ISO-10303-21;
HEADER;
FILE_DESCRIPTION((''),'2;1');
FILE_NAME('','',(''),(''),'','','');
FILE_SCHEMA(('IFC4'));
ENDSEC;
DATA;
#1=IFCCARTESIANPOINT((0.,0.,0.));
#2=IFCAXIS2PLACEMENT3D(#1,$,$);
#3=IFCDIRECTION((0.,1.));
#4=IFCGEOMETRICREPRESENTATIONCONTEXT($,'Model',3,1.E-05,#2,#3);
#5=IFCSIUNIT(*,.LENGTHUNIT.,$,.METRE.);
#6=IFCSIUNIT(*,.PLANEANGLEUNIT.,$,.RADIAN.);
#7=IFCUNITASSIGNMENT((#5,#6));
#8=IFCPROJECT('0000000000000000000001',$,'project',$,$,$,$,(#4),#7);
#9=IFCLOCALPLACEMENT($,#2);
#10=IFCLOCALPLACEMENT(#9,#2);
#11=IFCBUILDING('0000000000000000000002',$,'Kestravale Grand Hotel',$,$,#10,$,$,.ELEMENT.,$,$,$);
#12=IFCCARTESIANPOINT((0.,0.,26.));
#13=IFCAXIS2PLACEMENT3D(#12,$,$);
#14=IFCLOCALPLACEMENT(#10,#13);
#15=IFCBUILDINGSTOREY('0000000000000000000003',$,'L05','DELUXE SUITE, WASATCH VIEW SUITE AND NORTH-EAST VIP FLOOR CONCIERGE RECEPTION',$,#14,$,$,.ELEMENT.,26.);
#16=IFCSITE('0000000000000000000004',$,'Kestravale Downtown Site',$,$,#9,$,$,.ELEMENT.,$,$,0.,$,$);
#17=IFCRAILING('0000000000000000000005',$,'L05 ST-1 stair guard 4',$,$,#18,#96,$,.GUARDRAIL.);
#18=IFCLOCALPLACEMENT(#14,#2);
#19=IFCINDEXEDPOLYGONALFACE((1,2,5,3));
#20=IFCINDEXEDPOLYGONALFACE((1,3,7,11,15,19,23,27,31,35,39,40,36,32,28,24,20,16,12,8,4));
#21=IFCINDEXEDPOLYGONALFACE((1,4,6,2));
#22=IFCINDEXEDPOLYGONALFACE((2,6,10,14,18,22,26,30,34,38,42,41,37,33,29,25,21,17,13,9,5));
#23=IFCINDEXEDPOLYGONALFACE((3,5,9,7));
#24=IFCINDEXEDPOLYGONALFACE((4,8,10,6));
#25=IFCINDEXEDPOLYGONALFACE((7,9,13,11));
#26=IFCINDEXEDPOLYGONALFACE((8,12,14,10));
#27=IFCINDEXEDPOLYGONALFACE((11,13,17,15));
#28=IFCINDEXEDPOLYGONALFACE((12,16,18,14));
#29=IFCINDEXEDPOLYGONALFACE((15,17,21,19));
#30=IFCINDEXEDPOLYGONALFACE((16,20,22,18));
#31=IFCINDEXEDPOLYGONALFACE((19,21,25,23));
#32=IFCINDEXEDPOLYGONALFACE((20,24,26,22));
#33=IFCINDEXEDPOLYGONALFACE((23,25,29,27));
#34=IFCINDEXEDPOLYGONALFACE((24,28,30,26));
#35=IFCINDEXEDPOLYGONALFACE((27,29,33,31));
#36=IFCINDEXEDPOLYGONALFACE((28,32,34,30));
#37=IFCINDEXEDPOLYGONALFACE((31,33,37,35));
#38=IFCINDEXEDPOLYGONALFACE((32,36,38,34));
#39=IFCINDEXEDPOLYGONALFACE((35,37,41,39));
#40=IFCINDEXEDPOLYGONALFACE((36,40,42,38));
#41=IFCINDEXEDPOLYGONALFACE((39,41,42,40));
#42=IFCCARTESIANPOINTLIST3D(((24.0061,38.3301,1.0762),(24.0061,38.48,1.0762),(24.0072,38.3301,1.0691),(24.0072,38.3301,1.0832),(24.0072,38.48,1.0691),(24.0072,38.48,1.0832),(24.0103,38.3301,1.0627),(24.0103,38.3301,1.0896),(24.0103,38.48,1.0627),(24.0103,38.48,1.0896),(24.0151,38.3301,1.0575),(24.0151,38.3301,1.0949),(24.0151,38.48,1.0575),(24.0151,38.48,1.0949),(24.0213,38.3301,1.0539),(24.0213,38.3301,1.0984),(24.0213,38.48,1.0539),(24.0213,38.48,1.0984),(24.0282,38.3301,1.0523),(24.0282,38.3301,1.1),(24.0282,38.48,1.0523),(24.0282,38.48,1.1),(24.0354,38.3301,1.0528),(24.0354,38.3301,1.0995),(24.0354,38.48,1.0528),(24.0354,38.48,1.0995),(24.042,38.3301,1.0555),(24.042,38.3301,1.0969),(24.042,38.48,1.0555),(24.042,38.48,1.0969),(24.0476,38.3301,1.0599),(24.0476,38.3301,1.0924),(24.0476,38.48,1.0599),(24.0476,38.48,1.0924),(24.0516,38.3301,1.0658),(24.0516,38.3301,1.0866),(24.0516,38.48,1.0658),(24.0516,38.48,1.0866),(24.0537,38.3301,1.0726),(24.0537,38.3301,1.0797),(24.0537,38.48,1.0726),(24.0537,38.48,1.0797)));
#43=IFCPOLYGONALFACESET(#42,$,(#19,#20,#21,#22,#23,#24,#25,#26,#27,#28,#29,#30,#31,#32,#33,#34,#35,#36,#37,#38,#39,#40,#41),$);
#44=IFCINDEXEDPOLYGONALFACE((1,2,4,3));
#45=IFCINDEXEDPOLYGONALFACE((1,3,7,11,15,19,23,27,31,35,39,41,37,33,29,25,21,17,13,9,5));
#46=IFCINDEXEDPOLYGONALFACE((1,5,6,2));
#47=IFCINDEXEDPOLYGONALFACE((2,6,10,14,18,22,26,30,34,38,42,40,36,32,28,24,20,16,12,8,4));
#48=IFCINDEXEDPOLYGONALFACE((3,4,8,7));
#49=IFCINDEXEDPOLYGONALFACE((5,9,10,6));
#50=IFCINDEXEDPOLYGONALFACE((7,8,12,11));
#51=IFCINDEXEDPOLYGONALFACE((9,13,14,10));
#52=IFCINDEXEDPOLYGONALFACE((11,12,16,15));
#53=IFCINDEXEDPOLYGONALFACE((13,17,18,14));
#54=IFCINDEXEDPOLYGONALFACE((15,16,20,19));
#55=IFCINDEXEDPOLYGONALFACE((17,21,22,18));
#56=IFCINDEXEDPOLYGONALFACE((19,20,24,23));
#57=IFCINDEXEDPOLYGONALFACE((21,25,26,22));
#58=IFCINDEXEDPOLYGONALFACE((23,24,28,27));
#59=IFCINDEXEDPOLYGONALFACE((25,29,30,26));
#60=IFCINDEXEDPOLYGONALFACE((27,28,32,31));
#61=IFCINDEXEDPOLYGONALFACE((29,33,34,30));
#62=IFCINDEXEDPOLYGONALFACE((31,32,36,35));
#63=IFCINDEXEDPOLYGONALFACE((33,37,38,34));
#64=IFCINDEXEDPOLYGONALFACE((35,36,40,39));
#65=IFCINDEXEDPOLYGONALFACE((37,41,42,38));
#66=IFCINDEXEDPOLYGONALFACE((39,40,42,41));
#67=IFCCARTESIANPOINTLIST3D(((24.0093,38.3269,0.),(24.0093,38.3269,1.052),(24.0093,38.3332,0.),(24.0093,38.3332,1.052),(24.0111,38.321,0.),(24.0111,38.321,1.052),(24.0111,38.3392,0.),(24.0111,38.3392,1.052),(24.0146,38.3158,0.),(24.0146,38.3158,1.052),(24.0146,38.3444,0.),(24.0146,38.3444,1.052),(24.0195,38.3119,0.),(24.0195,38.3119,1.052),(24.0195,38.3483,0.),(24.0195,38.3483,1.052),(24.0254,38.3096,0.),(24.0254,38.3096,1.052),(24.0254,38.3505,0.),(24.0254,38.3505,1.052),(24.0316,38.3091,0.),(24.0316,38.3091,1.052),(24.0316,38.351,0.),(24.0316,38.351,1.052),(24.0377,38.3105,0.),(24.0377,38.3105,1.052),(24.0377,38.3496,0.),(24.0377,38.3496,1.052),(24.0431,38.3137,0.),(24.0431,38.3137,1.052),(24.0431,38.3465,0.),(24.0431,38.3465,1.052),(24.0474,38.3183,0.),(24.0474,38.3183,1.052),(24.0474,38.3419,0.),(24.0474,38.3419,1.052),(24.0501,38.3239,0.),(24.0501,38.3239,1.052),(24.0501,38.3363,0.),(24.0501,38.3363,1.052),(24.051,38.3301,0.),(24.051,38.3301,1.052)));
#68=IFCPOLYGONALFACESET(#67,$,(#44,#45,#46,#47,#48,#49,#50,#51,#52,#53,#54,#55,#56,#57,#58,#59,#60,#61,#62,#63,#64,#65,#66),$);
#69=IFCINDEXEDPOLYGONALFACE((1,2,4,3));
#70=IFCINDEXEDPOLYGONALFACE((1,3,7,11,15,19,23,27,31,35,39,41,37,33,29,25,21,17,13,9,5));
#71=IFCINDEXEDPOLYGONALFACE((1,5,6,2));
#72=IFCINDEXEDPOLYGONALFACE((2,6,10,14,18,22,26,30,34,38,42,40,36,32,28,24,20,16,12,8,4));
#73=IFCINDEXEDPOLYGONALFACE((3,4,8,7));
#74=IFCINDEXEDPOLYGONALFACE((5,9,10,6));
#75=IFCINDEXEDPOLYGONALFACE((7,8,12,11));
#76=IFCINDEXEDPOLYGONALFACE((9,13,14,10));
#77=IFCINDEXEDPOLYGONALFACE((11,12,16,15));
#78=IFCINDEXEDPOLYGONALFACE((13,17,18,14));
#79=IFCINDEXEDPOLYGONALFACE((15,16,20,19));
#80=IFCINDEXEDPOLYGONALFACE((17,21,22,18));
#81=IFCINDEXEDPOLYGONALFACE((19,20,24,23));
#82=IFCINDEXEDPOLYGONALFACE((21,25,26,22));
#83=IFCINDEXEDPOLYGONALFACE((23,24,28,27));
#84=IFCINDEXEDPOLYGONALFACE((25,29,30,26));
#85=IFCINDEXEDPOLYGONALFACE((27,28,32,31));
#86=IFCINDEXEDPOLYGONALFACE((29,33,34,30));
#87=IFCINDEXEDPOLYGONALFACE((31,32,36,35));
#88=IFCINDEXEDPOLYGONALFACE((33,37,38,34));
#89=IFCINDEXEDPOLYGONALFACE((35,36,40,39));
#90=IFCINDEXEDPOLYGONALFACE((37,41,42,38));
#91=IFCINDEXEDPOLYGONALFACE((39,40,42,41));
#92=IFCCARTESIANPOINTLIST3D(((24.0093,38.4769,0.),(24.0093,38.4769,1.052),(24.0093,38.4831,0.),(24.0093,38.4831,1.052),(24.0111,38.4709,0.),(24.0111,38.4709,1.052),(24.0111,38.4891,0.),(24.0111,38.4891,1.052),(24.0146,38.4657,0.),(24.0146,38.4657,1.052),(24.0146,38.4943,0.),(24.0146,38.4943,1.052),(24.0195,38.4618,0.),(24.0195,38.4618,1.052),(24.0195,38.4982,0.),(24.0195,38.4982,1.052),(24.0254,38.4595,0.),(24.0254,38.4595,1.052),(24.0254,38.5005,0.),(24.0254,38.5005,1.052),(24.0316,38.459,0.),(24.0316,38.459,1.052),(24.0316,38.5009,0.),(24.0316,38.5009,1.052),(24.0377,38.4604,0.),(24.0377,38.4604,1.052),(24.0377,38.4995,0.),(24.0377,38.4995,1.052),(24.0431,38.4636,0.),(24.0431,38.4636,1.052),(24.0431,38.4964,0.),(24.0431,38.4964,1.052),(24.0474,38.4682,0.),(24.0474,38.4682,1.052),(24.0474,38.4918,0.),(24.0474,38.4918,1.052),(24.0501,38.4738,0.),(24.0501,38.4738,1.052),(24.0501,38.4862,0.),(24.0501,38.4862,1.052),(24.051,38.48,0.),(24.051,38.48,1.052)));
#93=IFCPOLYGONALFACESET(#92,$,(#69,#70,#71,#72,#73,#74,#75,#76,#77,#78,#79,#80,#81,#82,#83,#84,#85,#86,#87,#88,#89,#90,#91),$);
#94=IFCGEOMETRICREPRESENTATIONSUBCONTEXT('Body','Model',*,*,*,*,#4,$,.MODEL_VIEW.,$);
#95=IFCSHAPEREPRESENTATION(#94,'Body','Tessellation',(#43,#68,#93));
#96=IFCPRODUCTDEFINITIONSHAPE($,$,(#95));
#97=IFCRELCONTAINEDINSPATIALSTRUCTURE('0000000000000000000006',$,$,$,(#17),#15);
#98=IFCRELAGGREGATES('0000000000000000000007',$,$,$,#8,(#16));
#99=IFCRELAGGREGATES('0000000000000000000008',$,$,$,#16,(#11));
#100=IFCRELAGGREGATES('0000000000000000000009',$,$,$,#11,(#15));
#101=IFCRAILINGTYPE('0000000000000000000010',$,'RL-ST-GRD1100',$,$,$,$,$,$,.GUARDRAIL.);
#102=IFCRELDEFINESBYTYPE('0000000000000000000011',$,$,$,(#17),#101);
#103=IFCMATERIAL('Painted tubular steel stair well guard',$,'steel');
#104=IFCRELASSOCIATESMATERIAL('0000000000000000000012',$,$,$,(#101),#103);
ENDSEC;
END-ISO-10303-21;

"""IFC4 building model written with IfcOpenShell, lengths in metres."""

from ifc_helpers import new_model, si_unit, direction, frame, origin, origin_2d, place, context, subcontext, project, spatial, circle, extrude, material, type_object, element, save


model = new_model("IFC4")

# Units and contexts
model_context = context("Model", 3, precision=1e-05, world=origin(), true_north=direction((0.0, 1.0)))
body_context = subcontext(model_context, "Body", "Model", "MODEL_VIEW")
ifc_project = project(units=[si_unit("LENGTHUNIT", "METRE"), si_unit("PLANEANGLEUNIT", "RADIAN")], contexts=[model_context])

# Site, building, storey
site_placement = place(None, origin())
site = spatial("IfcSite", under=ifc_project, at=site_placement, Name="Kestravale Downtown Site", CompositionType="ELEMENT", RefElevation=0.0)
building_placement = place(site_placement, origin())
building = spatial("IfcBuilding", under=site, at=building_placement, Name="Kestravale Grand Hotel", CompositionType="ELEMENT")
storey_placement = place(building_placement, frame((0.0, 0.0, 26.0)))
storey = spatial("IfcBuildingStorey", under=building, at=storey_placement, Name="L05", Description="DELUXE SUITE, WASATCH VIEW SUITE AND NORTH-EAST VIP FLOOR CONCIERGE RECEPTION", CompositionType="ELEMENT", Elevation=26.0)

# Railing
ifc_material_1 = material(Name="Painted tubular steel stair well guard", Category="steel")
railing_type_1 = type_object("IfcRailingType", Name="RL-ST-GRD1100", PredefinedType="GUARDRAIL", material=ifc_material_1)
railing_1_placement = place(storey_placement, frame((24.03, 38.3301, 0.0)))
element("IfcRailing", 1, at=railing_1_placement, inside=storey, type_object=railing_type_1, Name="L05 ST-1 stair guard 4", PredefinedType="GUARDRAIL", context=body_context, shape_type="SweptSolid", body=[
    extrude(circle(Radius=0.0239, at=origin_2d()), frame((0.0, 0.0, 1.0762), z_axis=(0.0, 1.0, 0.0), x_axis=(-1.0, 0.0, 0.0)), (0.0, 0.0, 1.0), 0.1499),
    extrude(circle(Radius=0.021, at=origin_2d()), origin(), (0.0, 0.0, 1.0), 1.052),
    extrude(circle(Radius=0.021, at=origin_2d()), frame((0.0, 0.1499, 0.0)), (0.0, 0.0, 1.0), 1.052),
])

save(model, "model.ifc")
